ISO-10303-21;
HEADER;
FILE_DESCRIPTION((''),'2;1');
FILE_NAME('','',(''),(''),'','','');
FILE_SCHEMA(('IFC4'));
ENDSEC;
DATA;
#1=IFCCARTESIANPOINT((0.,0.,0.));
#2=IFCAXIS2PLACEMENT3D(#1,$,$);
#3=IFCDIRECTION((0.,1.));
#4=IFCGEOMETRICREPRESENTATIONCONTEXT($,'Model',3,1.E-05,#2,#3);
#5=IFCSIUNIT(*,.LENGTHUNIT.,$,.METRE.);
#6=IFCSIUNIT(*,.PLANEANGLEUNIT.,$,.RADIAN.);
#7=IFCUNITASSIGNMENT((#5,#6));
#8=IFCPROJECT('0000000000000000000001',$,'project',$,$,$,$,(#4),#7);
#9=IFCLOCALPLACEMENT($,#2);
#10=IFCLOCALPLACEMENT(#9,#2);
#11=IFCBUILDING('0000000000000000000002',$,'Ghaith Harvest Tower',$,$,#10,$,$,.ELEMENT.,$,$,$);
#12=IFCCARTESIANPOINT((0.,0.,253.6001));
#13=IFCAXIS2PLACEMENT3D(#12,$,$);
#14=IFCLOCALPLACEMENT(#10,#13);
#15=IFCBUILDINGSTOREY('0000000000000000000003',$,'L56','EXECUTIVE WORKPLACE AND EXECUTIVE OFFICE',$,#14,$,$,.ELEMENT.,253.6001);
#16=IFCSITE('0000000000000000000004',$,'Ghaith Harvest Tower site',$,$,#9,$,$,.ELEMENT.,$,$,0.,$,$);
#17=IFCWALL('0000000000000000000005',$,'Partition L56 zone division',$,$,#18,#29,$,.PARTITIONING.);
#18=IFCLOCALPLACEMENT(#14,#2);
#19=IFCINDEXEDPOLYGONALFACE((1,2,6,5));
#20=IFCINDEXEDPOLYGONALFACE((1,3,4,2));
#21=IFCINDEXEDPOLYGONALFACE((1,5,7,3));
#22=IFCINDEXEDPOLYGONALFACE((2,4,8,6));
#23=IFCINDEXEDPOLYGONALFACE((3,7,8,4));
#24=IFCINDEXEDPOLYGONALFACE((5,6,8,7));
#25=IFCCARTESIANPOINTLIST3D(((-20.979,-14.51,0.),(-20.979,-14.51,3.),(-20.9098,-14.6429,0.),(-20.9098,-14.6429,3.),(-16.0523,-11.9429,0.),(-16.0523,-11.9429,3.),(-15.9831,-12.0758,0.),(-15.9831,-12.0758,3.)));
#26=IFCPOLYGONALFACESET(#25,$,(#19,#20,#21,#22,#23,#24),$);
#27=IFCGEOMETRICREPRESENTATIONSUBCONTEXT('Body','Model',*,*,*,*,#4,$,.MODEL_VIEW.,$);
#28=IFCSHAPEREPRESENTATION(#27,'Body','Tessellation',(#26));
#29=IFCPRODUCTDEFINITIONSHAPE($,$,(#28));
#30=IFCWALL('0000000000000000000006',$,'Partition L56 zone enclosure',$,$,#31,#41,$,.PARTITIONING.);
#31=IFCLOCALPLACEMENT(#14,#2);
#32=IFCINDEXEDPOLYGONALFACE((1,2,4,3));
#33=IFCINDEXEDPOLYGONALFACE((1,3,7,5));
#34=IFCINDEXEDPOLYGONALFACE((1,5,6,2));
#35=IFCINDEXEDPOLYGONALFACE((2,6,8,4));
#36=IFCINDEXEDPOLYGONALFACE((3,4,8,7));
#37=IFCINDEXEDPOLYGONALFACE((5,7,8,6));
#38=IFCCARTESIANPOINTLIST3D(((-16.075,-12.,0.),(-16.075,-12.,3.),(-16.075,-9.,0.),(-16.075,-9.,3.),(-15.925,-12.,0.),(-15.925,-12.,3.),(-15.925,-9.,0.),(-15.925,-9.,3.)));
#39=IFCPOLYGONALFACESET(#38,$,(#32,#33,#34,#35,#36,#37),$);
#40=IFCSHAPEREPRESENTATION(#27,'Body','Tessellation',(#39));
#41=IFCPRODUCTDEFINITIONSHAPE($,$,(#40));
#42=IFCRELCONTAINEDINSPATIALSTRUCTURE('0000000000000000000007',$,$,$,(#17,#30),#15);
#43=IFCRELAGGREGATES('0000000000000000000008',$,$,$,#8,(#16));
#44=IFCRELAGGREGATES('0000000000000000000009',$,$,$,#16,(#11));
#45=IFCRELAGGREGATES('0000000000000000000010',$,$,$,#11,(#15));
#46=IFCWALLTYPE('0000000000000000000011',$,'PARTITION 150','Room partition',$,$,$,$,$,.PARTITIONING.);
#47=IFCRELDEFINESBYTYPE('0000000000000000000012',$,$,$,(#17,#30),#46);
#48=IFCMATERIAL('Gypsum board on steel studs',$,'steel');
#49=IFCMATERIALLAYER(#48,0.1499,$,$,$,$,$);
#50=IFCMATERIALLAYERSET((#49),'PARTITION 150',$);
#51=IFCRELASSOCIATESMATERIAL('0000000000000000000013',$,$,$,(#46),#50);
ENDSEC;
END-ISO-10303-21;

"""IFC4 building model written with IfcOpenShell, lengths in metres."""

from ifc_helpers import new_model, si_unit, direction, frame, frame_2d, origin, place, context, subcontext, project, spatial, rectangle, extrude, material, layer, layer_set, type_object, element, save


model = new_model("IFC4")

# Units and contexts
model_context = context("Model", 3, precision=1e-05, world=origin(), true_north=direction((0.0, 1.0)))
body_context = subcontext(model_context, "Body", "Model", "MODEL_VIEW")
ifc_project = project(units=[si_unit("LENGTHUNIT", "METRE"), si_unit("PLANEANGLEUNIT", "RADIAN")], contexts=[model_context])

# Site, building, storey
site_placement = place(None, origin())
site = spatial("IfcSite", under=ifc_project, at=site_placement, Name="Ghaith Harvest Tower site", CompositionType="ELEMENT", RefElevation=0.0)
building_placement = place(site_placement, origin())
building = spatial("IfcBuilding", under=site, at=building_placement, Name="Ghaith Harvest Tower", CompositionType="ELEMENT")
storey_placement = place(building_placement, frame((0.0, 0.0, 253.6001)))
storey = spatial("IfcBuildingStorey", under=building, at=storey_placement, Name="L56", Description="EXECUTIVE WORKPLACE AND EXECUTIVE OFFICE", CompositionType="ELEMENT", Elevation=253.6001)

# Shared definitions
ifc_material_1 = material(Name="Gypsum board on steel studs", Category="steel")
ifc_layer_1 = layer(ifc_material_1, 0.1499)
ifc_layer_set_1 = layer_set([ifc_layer_1], Name="PARTITION 150")
wall_type_1 = type_object("IfcWallType", Name="PARTITION 150", Description="Room partition", PredefinedType="PARTITIONING", material=ifc_layer_set_1)

# Walls
wall_1_placement = place(storey_placement, frame((-16.0176, -12.0093, 0.0), z_axis=(0.0, 0.0, 1.0), x_axis=(-0.886832, -0.462093, 0.0)))
element("IfcWall", 1, at=wall_1_placement, inside=storey, type_object=wall_type_1, Name="Partition L56 zone division", PredefinedType="PARTITIONING", context=body_context, shape_type="SweptSolid", body=[
    extrude(rectangle(XDim=5.5554, YDim=0.1499, at=frame_2d((2.7778, 0.0))), origin(), (0.0, 0.0, 1.0), 3.0),
])
wall_2_placement = place(storey_placement, frame((-16.0, -9.0, 0.0), z_axis=(0.0, 0.0, 1.0), x_axis=(0.0, -1.0, 0.0)))
element("IfcWall", 2, at=wall_2_placement, inside=storey, type_object=wall_type_1, Name="Partition L56 zone enclosure", PredefinedType="PARTITIONING", context=body_context, shape_type="SweptSolid", body=[
    extrude(rectangle(XDim=3.0, YDim=0.1499, at=frame_2d((1.5, 0.0))), origin(), (0.0, 0.0, 1.0), 3.0),
])

save(model, "model.ifc")
